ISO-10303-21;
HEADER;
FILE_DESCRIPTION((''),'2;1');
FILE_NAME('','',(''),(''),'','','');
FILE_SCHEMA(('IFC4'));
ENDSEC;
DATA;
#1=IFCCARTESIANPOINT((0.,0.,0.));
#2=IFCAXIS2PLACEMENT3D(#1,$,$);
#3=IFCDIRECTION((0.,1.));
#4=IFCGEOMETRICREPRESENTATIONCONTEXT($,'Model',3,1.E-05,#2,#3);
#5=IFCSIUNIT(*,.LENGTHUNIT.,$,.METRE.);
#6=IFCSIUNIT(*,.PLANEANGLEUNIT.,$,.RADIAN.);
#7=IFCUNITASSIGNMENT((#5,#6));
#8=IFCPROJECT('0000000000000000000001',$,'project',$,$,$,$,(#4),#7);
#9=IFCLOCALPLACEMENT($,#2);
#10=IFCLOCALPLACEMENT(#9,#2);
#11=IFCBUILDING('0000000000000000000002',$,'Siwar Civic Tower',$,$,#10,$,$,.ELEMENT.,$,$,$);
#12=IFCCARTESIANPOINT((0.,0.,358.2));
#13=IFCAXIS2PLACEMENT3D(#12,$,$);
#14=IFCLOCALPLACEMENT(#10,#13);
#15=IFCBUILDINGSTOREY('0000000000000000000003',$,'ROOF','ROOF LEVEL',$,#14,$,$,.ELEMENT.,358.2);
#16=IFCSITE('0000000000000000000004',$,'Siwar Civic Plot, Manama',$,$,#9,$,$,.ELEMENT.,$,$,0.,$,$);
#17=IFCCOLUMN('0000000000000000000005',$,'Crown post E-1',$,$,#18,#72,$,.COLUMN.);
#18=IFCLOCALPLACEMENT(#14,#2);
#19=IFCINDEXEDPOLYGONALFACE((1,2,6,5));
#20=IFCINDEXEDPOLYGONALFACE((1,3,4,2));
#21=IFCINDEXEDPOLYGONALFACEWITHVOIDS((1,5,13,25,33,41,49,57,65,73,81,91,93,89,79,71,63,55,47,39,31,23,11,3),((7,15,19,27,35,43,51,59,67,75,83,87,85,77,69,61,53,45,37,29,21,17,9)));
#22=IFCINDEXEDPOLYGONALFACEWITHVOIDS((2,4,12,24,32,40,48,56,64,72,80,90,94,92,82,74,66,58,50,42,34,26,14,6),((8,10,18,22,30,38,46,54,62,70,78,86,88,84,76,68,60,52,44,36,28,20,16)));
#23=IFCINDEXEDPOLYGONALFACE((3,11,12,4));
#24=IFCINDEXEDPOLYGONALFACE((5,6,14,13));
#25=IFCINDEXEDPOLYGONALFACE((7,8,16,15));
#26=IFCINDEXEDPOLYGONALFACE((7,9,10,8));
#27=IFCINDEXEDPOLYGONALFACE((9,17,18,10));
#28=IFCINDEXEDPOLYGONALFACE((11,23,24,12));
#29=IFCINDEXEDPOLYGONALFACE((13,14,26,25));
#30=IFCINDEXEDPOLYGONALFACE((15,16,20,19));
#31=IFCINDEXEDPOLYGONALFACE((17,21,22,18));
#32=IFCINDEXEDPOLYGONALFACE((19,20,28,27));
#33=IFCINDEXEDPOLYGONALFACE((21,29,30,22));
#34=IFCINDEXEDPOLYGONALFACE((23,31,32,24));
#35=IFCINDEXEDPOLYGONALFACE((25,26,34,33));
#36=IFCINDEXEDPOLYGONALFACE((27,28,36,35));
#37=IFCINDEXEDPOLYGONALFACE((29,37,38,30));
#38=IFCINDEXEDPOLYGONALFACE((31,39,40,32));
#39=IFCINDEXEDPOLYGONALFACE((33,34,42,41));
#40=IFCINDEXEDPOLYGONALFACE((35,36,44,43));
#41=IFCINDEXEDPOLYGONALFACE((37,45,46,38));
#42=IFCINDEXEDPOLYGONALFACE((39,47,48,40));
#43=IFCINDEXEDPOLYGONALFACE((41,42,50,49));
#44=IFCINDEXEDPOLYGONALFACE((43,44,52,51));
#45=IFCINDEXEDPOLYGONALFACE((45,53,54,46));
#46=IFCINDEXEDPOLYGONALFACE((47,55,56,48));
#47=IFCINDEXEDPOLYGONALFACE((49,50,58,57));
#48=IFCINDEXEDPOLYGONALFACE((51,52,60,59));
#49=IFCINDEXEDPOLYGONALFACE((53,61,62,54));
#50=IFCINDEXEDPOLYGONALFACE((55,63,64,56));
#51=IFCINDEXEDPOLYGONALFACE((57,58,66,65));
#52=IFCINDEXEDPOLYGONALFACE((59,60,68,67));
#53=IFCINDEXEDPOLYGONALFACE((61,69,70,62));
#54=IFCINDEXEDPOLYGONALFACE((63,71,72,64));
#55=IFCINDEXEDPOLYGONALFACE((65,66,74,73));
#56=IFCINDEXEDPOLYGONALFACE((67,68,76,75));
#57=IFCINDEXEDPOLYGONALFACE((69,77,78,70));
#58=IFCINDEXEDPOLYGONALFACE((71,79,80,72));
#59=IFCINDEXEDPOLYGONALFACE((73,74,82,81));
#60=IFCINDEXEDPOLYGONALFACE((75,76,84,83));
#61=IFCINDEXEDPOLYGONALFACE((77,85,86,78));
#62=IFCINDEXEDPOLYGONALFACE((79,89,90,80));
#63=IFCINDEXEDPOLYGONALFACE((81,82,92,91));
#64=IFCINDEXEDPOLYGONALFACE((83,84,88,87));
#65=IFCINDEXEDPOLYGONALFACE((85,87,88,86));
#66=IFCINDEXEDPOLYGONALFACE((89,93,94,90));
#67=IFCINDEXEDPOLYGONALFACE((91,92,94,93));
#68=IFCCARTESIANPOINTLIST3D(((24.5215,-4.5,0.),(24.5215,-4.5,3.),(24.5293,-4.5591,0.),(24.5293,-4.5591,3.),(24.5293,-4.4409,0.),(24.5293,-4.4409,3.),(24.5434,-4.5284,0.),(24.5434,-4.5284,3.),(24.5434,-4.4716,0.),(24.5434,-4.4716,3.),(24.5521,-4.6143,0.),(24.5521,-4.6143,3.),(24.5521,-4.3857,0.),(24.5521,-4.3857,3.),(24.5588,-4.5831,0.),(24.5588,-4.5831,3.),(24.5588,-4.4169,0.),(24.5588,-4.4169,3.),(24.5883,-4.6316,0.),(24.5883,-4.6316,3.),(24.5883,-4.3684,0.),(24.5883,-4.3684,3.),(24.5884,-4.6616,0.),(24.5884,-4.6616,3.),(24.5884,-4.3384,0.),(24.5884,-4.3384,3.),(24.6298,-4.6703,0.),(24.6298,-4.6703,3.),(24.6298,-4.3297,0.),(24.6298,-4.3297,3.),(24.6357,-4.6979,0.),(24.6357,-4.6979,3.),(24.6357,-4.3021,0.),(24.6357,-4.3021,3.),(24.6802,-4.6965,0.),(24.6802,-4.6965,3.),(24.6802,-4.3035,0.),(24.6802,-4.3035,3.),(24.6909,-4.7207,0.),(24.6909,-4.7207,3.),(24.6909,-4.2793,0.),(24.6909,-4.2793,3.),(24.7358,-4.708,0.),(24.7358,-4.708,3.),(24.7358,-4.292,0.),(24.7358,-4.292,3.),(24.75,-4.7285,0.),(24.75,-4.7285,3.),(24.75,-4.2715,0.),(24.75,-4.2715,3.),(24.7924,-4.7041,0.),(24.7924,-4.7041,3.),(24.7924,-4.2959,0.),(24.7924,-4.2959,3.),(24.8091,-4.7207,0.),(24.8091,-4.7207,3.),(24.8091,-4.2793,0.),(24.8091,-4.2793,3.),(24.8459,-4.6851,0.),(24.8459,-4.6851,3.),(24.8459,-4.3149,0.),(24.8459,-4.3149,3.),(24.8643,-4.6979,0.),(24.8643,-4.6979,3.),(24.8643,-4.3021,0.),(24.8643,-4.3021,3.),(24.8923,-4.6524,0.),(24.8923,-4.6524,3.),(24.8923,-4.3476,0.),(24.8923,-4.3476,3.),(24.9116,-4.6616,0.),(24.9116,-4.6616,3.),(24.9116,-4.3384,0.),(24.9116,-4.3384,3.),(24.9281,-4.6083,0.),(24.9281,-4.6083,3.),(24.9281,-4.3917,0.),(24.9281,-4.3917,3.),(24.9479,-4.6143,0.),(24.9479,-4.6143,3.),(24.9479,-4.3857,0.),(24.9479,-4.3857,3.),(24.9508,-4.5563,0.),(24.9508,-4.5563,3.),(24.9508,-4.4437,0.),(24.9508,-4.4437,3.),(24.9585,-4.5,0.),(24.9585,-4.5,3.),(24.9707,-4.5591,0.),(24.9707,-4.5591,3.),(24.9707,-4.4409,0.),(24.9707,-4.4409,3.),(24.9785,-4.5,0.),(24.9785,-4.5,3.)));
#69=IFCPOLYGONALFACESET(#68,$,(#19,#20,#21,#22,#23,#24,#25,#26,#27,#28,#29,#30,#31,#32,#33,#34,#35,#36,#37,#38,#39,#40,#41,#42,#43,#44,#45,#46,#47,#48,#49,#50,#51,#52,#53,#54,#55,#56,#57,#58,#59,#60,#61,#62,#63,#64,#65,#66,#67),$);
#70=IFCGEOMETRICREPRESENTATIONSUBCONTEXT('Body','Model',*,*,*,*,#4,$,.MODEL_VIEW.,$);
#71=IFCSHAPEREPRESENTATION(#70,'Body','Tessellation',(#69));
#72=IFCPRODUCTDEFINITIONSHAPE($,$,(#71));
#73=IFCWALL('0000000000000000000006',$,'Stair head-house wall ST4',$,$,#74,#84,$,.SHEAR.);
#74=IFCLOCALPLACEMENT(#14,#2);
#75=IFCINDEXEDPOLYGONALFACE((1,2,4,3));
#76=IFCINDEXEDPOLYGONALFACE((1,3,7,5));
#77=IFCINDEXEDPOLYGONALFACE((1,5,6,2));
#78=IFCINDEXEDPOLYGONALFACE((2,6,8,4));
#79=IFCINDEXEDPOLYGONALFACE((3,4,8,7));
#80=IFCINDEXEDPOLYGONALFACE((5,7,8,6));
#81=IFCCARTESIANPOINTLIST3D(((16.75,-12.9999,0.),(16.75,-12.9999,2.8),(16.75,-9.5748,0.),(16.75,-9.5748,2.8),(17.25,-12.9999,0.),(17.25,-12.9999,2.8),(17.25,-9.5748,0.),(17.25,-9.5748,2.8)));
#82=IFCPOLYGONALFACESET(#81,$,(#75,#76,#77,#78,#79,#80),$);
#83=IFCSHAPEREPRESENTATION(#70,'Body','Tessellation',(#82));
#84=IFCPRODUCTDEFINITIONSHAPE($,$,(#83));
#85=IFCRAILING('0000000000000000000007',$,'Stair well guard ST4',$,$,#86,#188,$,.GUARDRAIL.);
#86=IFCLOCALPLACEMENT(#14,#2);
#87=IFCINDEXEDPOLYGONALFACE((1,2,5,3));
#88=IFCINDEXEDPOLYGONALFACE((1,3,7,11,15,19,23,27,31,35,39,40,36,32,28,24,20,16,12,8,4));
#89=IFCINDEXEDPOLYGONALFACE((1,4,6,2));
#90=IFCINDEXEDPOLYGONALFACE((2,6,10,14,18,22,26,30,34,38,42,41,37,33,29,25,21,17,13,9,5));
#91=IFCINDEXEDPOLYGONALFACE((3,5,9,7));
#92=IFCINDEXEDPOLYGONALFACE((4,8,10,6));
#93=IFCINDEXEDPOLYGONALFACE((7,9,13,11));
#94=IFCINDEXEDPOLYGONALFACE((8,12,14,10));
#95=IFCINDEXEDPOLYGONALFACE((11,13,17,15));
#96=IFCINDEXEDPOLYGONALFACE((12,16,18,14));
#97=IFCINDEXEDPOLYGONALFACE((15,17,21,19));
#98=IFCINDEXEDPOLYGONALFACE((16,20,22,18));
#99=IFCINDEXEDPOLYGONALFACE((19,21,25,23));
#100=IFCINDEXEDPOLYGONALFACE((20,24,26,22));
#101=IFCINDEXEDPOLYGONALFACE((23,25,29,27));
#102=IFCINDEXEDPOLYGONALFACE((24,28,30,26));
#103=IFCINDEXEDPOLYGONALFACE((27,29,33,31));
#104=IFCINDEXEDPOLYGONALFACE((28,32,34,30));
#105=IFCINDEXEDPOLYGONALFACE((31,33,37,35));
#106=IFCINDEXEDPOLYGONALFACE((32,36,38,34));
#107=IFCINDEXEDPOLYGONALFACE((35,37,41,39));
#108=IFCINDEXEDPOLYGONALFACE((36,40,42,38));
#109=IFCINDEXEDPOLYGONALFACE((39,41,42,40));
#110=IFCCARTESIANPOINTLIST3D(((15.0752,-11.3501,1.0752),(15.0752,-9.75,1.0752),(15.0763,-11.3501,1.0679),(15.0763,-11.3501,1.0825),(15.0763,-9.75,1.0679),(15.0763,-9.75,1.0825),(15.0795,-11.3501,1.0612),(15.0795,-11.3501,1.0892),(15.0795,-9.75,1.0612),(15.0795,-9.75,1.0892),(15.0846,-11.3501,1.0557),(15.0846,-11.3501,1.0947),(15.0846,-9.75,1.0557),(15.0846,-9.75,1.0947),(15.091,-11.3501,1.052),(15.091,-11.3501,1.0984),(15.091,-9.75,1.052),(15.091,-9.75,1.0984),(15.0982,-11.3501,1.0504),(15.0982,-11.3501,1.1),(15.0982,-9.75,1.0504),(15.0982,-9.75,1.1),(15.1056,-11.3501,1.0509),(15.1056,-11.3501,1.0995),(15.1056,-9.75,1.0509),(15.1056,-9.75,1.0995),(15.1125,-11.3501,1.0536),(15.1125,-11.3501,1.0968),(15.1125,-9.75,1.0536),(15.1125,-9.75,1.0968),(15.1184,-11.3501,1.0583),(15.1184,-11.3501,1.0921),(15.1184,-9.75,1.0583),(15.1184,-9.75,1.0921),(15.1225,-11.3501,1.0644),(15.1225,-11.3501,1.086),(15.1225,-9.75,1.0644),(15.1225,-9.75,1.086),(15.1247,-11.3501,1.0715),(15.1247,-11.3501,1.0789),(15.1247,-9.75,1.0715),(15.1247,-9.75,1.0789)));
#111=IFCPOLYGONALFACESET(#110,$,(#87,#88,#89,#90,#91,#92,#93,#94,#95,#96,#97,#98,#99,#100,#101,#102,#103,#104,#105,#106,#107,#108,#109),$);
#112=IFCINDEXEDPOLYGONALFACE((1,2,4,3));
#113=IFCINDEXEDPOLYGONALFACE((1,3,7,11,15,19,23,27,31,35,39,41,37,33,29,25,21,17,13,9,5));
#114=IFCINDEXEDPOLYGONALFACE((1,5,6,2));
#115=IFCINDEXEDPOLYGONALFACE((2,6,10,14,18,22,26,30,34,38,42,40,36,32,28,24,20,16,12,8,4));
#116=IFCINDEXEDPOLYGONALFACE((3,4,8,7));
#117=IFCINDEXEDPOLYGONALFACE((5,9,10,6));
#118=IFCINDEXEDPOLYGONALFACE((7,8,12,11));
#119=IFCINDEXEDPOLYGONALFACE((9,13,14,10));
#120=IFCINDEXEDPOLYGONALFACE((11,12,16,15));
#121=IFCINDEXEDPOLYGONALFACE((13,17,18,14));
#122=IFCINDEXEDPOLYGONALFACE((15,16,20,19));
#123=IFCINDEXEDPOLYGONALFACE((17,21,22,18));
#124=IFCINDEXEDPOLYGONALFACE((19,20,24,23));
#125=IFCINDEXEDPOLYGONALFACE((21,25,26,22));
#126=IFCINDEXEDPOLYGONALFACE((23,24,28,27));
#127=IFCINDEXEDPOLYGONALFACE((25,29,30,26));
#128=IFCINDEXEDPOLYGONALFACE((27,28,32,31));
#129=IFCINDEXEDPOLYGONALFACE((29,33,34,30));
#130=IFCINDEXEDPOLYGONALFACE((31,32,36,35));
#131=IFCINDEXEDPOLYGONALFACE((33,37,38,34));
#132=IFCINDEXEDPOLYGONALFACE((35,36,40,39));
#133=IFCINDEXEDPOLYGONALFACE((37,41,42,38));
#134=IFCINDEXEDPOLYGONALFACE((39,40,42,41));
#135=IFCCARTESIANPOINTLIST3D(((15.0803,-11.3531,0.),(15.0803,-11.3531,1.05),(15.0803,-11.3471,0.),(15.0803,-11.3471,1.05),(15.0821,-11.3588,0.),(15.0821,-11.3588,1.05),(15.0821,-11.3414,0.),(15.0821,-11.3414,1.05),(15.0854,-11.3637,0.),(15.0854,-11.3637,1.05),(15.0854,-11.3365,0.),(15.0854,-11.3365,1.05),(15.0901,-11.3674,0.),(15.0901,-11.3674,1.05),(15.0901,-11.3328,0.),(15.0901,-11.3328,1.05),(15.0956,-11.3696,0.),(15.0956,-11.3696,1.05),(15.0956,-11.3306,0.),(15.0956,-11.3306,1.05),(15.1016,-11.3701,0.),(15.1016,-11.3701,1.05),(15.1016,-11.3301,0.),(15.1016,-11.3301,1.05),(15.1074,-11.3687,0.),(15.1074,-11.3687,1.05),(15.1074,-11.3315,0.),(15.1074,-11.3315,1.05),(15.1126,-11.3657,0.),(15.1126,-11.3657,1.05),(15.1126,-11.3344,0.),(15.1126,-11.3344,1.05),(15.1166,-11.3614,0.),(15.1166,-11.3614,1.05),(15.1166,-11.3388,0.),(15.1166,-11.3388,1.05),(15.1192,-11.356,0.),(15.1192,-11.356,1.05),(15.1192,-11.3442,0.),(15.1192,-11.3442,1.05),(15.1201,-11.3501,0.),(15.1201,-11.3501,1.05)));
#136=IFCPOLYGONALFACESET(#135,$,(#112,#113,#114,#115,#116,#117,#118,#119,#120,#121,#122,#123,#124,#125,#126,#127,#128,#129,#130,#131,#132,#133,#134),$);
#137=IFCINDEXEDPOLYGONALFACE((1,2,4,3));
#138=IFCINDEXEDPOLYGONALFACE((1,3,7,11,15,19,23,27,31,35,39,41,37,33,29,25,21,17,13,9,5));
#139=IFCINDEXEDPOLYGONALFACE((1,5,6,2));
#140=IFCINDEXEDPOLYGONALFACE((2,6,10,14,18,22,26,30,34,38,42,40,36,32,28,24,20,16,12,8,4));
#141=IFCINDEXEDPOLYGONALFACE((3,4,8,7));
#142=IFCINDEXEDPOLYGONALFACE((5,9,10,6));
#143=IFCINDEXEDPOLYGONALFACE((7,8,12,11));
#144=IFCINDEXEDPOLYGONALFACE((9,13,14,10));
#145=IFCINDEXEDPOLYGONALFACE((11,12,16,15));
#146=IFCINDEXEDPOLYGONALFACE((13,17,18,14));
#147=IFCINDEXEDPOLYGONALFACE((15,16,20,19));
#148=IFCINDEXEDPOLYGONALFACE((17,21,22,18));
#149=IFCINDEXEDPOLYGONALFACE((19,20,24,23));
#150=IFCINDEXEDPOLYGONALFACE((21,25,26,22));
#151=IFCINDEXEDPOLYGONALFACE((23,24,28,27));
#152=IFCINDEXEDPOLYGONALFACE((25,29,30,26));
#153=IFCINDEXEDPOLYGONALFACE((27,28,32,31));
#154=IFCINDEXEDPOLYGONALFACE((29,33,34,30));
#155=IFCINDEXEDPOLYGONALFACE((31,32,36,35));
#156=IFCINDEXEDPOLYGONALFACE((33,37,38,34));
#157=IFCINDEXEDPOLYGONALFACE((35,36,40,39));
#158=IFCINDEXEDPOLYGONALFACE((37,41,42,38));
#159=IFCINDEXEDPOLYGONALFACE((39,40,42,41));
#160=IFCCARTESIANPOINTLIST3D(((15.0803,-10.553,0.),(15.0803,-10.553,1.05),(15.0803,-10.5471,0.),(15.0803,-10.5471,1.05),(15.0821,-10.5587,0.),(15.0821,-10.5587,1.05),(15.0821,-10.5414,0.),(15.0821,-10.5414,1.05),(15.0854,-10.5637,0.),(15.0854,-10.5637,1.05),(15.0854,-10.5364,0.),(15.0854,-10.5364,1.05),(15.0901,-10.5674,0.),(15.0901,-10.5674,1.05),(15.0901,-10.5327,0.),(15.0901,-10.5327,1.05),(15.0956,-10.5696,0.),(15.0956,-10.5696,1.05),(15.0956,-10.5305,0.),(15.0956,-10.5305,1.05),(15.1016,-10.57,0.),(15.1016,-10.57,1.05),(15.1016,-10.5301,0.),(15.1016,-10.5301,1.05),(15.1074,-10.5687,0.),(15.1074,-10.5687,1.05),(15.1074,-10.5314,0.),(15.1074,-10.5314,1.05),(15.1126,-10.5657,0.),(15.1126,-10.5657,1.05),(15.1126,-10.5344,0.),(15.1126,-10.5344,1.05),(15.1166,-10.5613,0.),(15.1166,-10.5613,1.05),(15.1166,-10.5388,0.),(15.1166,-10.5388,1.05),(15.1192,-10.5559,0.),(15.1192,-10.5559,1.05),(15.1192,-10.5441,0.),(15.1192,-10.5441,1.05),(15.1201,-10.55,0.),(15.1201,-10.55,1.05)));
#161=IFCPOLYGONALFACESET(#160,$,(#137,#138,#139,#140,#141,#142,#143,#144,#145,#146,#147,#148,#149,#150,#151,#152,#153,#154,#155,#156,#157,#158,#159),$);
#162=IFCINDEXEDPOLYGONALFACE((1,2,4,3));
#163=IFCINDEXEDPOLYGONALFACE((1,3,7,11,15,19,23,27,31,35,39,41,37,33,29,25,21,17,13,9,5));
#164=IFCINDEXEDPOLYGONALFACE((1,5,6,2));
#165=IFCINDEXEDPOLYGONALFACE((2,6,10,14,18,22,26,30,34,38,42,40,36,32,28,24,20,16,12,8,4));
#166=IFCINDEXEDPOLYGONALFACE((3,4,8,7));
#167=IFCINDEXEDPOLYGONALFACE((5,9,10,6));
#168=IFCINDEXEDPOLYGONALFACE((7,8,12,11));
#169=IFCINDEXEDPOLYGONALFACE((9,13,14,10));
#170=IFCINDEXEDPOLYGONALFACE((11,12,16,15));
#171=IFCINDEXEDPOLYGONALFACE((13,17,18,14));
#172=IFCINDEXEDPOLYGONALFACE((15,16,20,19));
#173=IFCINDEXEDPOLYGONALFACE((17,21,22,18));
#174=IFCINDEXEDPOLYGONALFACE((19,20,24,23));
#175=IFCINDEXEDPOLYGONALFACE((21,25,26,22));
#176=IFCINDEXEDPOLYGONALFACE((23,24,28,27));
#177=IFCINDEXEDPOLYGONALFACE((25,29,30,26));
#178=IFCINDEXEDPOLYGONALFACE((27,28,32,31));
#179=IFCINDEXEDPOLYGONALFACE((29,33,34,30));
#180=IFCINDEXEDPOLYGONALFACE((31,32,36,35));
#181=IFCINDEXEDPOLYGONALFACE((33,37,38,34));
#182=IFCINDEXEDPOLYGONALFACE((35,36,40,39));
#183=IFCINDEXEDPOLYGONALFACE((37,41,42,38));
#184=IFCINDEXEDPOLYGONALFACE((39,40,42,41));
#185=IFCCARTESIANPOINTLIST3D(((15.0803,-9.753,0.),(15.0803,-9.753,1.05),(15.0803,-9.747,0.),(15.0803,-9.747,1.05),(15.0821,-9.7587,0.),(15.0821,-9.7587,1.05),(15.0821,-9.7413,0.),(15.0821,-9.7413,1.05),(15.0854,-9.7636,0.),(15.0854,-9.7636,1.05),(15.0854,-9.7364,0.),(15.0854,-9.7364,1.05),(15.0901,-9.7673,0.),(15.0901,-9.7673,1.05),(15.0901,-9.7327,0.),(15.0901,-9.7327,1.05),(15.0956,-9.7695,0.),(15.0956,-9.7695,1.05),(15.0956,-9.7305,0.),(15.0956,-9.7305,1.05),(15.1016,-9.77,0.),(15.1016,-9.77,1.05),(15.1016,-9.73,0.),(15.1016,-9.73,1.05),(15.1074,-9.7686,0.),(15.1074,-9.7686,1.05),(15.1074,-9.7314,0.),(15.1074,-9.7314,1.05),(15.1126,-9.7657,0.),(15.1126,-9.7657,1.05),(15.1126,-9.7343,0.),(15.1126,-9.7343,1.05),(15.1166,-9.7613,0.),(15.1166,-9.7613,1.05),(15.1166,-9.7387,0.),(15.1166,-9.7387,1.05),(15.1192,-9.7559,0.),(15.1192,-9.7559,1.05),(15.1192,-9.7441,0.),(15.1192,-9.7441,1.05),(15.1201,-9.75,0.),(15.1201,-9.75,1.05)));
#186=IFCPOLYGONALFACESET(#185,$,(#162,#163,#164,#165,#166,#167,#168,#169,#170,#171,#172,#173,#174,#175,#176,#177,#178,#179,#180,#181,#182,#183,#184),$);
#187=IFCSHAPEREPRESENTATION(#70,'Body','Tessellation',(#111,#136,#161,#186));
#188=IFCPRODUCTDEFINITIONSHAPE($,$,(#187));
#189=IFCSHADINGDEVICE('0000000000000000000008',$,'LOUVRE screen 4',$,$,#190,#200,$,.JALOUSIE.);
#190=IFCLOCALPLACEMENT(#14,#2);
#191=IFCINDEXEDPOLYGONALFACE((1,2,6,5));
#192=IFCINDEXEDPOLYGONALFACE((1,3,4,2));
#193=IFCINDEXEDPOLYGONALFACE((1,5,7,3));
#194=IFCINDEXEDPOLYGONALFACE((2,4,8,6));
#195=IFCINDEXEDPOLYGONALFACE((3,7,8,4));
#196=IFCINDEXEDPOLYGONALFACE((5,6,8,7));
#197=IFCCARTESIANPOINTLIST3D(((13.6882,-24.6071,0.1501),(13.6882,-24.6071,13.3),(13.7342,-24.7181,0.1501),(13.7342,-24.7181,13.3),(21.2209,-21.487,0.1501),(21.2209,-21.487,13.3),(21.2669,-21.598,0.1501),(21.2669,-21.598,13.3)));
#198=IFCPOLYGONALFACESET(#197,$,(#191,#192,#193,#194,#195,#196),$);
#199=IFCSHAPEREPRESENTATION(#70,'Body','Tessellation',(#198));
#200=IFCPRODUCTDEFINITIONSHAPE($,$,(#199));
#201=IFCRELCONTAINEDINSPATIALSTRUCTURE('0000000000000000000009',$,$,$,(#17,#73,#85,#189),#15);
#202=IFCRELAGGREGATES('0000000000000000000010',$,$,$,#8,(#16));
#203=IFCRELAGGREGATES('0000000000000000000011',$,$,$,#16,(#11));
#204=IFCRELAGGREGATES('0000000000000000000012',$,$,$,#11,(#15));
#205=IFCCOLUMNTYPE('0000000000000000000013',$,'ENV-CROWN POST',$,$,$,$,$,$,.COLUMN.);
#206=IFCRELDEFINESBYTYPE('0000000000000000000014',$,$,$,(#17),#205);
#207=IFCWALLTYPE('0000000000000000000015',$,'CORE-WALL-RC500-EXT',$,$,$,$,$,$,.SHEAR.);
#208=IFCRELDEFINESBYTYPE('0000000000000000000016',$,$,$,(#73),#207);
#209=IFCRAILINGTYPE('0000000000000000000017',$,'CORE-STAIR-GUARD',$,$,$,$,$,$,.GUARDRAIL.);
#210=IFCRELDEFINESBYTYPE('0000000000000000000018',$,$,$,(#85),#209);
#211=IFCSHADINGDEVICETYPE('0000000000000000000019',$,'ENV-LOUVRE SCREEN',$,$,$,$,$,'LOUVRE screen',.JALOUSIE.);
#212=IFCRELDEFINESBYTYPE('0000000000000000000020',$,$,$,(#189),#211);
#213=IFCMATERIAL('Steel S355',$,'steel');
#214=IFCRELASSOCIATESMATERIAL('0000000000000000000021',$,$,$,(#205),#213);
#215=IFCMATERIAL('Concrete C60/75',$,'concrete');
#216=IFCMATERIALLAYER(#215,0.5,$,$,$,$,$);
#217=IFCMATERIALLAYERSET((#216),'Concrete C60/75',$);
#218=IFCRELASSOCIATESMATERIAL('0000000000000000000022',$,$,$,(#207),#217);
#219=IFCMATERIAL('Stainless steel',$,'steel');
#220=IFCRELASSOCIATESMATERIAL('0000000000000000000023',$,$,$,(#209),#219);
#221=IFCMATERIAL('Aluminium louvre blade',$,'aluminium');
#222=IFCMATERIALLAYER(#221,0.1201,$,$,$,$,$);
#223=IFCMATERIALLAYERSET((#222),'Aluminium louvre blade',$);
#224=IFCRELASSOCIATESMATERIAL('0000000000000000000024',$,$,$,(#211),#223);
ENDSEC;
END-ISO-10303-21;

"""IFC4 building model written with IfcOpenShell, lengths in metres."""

from ifc_helpers import new_model, si_unit, direction, frame, frame_2d, origin, origin_2d, place, context, subcontext, project, spatial, rectangle, circle, hollow_circle, extrude, material, layer, layer_set, material_profile, profile_set, type_object, element, save


model = new_model("IFC4")

# Units and contexts
model_context = context("Model", 3, precision=1e-05, world=origin(), true_north=direction((0.0, 1.0)))
body_context = subcontext(model_context, "Body", "Model", "MODEL_VIEW")
ifc_project = project(units=[si_unit("LENGTHUNIT", "METRE"), si_unit("PLANEANGLEUNIT", "RADIAN")], contexts=[model_context])

# Site, building, storey
site_placement = place(None, origin())
site = spatial("IfcSite", under=ifc_project, at=site_placement, Name="Siwar Civic Plot, Manama", CompositionType="ELEMENT", RefElevation=0.0)
building_placement = place(site_placement, origin())
building = spatial("IfcBuilding", under=site, at=building_placement, Name="Siwar Civic Tower", CompositionType="ELEMENT")
storey_placement = place(building_placement, frame((0.0, 0.0, 358.2)))
storey = spatial("IfcBuildingStorey", under=building, at=storey_placement, Name="ROOF", Description="ROOF LEVEL", CompositionType="ELEMENT", Elevation=358.2)

# Column
ifc_material_1 = material(Name="Steel S355", Category="steel")
ifc_material_profile = material_profile(ifc_material_1, hollow_circle(Radius=0.2285, WallThickness=0.02, at=origin_2d()), Name="CHS457x20")
ifc_profile_set = profile_set([ifc_material_profile], Name="Steel S355")
column_type = type_object("IfcColumnType", Name="ENV-CROWN POST", PredefinedType="COLUMN", material=ifc_profile_set)
for number, where, z_axis, x_axis, name in (
    (1, (24.75, -4.5, 0.0), (0.0, 0.0, 1.0), (1.0, 0.0, 0.0), "Crown post E-1"),
):
    element("IfcColumn", number, at=place(storey_placement, frame(where, z_axis=z_axis, x_axis=x_axis)), inside=storey, type_object=column_type, Name=name, PredefinedType="COLUMN", context=body_context, shape_type="SweptSolid", body=[
        extrude(hollow_circle(Radius=0.2285, WallThickness=0.02, at=origin_2d()), origin(), (0.0, 0.0, 1.0), 3.0),
    ])

# Wall
ifc_material_2 = material(Name="Concrete C60/75", Category="concrete")
ifc_layer_1 = layer(ifc_material_2, 0.5)
ifc_layer_set_1 = layer_set([ifc_layer_1], Name="Concrete C60/75")
wall_type_1 = type_object("IfcWallType", Name="CORE-WALL-RC500-EXT", PredefinedType="SHEAR", material=ifc_layer_set_1)
wall_1_placement = place(storey_placement, frame((17.0, -9.575, 0.0), z_axis=(0.0, 0.0, 1.0), x_axis=(0.0, -1.0, 0.0)))
element("IfcWall", 2, at=wall_1_placement, inside=storey, type_object=wall_type_1, Name="Stair head-house wall ST4", PredefinedType="SHEAR", context=body_context, shape_type="SweptSolid", body=[
    extrude(rectangle(XDim=3.425, YDim=0.5, at=frame_2d((1.7124, 0.0))), origin(), (0.0, 0.0, 1.0), 2.8),
])

# Railing
ifc_material_3 = material(Name="Stainless steel", Category="steel")
railing_type = type_object("IfcRailingType", Name="CORE-STAIR-GUARD", PredefinedType="GUARDRAIL", material=ifc_material_3)
railing_placement = place(storey_placement, frame((15.1001, -11.3501, 0.0)))
element("IfcRailing", 3, at=railing_placement, inside=storey, type_object=railing_type, Name="Stair well guard ST4", PredefinedType="GUARDRAIL", context=body_context, shape_type="SweptSolid", body=[
    extrude(circle(Radius=0.0249, at=origin_2d()), frame((0.0, 0.0, 1.0752), z_axis=(0.0, 1.0, 0.0), x_axis=(-1.0, 0.0, 0.0)), (0.0, 0.0, 1.0), 1.6001),
    extrude(circle(Radius=0.02, at=origin_2d()), origin(), (0.0, 0.0, 1.0), 1.05),
    extrude(circle(Radius=0.02, at=origin_2d()), frame((0.0, 0.8, 0.0)), (0.0, 0.0, 1.0), 1.05),
    extrude(circle(Radius=0.02, at=origin_2d()), frame((0.0, 1.6001, 0.0)), (0.0, 0.0, 1.0), 1.05),
])

# Shading device
ifc_material_4 = material(Name="Aluminium louvre blade", Category="aluminium")
ifc_layer_2 = layer(ifc_material_4, 0.1201)
ifc_layer_set_2 = layer_set([ifc_layer_2], Name="Aluminium louvre blade")
shading_device_type = type_object("IfcShadingDeviceType", Name="ENV-LOUVRE SCREEN", ElementType="LOUVRE screen", PredefinedType="JALOUSIE", material=ifc_layer_set_2)
for number, where, z_axis, x_axis, name in (
    (4, (17.4775, -23.1025, 0.1501), (0.0, 0.0, 1.0), (0.92388, 0.382683, 0.0), "LOUVRE screen 4"),
):
    element("IfcShadingDevice", number, at=place(storey_placement, frame(where, z_axis=z_axis, x_axis=x_axis)), inside=storey, type_object=shading_device_type, Name=name, PredefinedType="JALOUSIE", context=body_context, shape_type="SweptSolid", body=[
        extrude(rectangle(XDim=8.1533, YDim=0.1201, at=origin_2d()), origin(), (0.0, 0.0, 1.0), 13.1499),
    ])

save(model, "model.ifc")
